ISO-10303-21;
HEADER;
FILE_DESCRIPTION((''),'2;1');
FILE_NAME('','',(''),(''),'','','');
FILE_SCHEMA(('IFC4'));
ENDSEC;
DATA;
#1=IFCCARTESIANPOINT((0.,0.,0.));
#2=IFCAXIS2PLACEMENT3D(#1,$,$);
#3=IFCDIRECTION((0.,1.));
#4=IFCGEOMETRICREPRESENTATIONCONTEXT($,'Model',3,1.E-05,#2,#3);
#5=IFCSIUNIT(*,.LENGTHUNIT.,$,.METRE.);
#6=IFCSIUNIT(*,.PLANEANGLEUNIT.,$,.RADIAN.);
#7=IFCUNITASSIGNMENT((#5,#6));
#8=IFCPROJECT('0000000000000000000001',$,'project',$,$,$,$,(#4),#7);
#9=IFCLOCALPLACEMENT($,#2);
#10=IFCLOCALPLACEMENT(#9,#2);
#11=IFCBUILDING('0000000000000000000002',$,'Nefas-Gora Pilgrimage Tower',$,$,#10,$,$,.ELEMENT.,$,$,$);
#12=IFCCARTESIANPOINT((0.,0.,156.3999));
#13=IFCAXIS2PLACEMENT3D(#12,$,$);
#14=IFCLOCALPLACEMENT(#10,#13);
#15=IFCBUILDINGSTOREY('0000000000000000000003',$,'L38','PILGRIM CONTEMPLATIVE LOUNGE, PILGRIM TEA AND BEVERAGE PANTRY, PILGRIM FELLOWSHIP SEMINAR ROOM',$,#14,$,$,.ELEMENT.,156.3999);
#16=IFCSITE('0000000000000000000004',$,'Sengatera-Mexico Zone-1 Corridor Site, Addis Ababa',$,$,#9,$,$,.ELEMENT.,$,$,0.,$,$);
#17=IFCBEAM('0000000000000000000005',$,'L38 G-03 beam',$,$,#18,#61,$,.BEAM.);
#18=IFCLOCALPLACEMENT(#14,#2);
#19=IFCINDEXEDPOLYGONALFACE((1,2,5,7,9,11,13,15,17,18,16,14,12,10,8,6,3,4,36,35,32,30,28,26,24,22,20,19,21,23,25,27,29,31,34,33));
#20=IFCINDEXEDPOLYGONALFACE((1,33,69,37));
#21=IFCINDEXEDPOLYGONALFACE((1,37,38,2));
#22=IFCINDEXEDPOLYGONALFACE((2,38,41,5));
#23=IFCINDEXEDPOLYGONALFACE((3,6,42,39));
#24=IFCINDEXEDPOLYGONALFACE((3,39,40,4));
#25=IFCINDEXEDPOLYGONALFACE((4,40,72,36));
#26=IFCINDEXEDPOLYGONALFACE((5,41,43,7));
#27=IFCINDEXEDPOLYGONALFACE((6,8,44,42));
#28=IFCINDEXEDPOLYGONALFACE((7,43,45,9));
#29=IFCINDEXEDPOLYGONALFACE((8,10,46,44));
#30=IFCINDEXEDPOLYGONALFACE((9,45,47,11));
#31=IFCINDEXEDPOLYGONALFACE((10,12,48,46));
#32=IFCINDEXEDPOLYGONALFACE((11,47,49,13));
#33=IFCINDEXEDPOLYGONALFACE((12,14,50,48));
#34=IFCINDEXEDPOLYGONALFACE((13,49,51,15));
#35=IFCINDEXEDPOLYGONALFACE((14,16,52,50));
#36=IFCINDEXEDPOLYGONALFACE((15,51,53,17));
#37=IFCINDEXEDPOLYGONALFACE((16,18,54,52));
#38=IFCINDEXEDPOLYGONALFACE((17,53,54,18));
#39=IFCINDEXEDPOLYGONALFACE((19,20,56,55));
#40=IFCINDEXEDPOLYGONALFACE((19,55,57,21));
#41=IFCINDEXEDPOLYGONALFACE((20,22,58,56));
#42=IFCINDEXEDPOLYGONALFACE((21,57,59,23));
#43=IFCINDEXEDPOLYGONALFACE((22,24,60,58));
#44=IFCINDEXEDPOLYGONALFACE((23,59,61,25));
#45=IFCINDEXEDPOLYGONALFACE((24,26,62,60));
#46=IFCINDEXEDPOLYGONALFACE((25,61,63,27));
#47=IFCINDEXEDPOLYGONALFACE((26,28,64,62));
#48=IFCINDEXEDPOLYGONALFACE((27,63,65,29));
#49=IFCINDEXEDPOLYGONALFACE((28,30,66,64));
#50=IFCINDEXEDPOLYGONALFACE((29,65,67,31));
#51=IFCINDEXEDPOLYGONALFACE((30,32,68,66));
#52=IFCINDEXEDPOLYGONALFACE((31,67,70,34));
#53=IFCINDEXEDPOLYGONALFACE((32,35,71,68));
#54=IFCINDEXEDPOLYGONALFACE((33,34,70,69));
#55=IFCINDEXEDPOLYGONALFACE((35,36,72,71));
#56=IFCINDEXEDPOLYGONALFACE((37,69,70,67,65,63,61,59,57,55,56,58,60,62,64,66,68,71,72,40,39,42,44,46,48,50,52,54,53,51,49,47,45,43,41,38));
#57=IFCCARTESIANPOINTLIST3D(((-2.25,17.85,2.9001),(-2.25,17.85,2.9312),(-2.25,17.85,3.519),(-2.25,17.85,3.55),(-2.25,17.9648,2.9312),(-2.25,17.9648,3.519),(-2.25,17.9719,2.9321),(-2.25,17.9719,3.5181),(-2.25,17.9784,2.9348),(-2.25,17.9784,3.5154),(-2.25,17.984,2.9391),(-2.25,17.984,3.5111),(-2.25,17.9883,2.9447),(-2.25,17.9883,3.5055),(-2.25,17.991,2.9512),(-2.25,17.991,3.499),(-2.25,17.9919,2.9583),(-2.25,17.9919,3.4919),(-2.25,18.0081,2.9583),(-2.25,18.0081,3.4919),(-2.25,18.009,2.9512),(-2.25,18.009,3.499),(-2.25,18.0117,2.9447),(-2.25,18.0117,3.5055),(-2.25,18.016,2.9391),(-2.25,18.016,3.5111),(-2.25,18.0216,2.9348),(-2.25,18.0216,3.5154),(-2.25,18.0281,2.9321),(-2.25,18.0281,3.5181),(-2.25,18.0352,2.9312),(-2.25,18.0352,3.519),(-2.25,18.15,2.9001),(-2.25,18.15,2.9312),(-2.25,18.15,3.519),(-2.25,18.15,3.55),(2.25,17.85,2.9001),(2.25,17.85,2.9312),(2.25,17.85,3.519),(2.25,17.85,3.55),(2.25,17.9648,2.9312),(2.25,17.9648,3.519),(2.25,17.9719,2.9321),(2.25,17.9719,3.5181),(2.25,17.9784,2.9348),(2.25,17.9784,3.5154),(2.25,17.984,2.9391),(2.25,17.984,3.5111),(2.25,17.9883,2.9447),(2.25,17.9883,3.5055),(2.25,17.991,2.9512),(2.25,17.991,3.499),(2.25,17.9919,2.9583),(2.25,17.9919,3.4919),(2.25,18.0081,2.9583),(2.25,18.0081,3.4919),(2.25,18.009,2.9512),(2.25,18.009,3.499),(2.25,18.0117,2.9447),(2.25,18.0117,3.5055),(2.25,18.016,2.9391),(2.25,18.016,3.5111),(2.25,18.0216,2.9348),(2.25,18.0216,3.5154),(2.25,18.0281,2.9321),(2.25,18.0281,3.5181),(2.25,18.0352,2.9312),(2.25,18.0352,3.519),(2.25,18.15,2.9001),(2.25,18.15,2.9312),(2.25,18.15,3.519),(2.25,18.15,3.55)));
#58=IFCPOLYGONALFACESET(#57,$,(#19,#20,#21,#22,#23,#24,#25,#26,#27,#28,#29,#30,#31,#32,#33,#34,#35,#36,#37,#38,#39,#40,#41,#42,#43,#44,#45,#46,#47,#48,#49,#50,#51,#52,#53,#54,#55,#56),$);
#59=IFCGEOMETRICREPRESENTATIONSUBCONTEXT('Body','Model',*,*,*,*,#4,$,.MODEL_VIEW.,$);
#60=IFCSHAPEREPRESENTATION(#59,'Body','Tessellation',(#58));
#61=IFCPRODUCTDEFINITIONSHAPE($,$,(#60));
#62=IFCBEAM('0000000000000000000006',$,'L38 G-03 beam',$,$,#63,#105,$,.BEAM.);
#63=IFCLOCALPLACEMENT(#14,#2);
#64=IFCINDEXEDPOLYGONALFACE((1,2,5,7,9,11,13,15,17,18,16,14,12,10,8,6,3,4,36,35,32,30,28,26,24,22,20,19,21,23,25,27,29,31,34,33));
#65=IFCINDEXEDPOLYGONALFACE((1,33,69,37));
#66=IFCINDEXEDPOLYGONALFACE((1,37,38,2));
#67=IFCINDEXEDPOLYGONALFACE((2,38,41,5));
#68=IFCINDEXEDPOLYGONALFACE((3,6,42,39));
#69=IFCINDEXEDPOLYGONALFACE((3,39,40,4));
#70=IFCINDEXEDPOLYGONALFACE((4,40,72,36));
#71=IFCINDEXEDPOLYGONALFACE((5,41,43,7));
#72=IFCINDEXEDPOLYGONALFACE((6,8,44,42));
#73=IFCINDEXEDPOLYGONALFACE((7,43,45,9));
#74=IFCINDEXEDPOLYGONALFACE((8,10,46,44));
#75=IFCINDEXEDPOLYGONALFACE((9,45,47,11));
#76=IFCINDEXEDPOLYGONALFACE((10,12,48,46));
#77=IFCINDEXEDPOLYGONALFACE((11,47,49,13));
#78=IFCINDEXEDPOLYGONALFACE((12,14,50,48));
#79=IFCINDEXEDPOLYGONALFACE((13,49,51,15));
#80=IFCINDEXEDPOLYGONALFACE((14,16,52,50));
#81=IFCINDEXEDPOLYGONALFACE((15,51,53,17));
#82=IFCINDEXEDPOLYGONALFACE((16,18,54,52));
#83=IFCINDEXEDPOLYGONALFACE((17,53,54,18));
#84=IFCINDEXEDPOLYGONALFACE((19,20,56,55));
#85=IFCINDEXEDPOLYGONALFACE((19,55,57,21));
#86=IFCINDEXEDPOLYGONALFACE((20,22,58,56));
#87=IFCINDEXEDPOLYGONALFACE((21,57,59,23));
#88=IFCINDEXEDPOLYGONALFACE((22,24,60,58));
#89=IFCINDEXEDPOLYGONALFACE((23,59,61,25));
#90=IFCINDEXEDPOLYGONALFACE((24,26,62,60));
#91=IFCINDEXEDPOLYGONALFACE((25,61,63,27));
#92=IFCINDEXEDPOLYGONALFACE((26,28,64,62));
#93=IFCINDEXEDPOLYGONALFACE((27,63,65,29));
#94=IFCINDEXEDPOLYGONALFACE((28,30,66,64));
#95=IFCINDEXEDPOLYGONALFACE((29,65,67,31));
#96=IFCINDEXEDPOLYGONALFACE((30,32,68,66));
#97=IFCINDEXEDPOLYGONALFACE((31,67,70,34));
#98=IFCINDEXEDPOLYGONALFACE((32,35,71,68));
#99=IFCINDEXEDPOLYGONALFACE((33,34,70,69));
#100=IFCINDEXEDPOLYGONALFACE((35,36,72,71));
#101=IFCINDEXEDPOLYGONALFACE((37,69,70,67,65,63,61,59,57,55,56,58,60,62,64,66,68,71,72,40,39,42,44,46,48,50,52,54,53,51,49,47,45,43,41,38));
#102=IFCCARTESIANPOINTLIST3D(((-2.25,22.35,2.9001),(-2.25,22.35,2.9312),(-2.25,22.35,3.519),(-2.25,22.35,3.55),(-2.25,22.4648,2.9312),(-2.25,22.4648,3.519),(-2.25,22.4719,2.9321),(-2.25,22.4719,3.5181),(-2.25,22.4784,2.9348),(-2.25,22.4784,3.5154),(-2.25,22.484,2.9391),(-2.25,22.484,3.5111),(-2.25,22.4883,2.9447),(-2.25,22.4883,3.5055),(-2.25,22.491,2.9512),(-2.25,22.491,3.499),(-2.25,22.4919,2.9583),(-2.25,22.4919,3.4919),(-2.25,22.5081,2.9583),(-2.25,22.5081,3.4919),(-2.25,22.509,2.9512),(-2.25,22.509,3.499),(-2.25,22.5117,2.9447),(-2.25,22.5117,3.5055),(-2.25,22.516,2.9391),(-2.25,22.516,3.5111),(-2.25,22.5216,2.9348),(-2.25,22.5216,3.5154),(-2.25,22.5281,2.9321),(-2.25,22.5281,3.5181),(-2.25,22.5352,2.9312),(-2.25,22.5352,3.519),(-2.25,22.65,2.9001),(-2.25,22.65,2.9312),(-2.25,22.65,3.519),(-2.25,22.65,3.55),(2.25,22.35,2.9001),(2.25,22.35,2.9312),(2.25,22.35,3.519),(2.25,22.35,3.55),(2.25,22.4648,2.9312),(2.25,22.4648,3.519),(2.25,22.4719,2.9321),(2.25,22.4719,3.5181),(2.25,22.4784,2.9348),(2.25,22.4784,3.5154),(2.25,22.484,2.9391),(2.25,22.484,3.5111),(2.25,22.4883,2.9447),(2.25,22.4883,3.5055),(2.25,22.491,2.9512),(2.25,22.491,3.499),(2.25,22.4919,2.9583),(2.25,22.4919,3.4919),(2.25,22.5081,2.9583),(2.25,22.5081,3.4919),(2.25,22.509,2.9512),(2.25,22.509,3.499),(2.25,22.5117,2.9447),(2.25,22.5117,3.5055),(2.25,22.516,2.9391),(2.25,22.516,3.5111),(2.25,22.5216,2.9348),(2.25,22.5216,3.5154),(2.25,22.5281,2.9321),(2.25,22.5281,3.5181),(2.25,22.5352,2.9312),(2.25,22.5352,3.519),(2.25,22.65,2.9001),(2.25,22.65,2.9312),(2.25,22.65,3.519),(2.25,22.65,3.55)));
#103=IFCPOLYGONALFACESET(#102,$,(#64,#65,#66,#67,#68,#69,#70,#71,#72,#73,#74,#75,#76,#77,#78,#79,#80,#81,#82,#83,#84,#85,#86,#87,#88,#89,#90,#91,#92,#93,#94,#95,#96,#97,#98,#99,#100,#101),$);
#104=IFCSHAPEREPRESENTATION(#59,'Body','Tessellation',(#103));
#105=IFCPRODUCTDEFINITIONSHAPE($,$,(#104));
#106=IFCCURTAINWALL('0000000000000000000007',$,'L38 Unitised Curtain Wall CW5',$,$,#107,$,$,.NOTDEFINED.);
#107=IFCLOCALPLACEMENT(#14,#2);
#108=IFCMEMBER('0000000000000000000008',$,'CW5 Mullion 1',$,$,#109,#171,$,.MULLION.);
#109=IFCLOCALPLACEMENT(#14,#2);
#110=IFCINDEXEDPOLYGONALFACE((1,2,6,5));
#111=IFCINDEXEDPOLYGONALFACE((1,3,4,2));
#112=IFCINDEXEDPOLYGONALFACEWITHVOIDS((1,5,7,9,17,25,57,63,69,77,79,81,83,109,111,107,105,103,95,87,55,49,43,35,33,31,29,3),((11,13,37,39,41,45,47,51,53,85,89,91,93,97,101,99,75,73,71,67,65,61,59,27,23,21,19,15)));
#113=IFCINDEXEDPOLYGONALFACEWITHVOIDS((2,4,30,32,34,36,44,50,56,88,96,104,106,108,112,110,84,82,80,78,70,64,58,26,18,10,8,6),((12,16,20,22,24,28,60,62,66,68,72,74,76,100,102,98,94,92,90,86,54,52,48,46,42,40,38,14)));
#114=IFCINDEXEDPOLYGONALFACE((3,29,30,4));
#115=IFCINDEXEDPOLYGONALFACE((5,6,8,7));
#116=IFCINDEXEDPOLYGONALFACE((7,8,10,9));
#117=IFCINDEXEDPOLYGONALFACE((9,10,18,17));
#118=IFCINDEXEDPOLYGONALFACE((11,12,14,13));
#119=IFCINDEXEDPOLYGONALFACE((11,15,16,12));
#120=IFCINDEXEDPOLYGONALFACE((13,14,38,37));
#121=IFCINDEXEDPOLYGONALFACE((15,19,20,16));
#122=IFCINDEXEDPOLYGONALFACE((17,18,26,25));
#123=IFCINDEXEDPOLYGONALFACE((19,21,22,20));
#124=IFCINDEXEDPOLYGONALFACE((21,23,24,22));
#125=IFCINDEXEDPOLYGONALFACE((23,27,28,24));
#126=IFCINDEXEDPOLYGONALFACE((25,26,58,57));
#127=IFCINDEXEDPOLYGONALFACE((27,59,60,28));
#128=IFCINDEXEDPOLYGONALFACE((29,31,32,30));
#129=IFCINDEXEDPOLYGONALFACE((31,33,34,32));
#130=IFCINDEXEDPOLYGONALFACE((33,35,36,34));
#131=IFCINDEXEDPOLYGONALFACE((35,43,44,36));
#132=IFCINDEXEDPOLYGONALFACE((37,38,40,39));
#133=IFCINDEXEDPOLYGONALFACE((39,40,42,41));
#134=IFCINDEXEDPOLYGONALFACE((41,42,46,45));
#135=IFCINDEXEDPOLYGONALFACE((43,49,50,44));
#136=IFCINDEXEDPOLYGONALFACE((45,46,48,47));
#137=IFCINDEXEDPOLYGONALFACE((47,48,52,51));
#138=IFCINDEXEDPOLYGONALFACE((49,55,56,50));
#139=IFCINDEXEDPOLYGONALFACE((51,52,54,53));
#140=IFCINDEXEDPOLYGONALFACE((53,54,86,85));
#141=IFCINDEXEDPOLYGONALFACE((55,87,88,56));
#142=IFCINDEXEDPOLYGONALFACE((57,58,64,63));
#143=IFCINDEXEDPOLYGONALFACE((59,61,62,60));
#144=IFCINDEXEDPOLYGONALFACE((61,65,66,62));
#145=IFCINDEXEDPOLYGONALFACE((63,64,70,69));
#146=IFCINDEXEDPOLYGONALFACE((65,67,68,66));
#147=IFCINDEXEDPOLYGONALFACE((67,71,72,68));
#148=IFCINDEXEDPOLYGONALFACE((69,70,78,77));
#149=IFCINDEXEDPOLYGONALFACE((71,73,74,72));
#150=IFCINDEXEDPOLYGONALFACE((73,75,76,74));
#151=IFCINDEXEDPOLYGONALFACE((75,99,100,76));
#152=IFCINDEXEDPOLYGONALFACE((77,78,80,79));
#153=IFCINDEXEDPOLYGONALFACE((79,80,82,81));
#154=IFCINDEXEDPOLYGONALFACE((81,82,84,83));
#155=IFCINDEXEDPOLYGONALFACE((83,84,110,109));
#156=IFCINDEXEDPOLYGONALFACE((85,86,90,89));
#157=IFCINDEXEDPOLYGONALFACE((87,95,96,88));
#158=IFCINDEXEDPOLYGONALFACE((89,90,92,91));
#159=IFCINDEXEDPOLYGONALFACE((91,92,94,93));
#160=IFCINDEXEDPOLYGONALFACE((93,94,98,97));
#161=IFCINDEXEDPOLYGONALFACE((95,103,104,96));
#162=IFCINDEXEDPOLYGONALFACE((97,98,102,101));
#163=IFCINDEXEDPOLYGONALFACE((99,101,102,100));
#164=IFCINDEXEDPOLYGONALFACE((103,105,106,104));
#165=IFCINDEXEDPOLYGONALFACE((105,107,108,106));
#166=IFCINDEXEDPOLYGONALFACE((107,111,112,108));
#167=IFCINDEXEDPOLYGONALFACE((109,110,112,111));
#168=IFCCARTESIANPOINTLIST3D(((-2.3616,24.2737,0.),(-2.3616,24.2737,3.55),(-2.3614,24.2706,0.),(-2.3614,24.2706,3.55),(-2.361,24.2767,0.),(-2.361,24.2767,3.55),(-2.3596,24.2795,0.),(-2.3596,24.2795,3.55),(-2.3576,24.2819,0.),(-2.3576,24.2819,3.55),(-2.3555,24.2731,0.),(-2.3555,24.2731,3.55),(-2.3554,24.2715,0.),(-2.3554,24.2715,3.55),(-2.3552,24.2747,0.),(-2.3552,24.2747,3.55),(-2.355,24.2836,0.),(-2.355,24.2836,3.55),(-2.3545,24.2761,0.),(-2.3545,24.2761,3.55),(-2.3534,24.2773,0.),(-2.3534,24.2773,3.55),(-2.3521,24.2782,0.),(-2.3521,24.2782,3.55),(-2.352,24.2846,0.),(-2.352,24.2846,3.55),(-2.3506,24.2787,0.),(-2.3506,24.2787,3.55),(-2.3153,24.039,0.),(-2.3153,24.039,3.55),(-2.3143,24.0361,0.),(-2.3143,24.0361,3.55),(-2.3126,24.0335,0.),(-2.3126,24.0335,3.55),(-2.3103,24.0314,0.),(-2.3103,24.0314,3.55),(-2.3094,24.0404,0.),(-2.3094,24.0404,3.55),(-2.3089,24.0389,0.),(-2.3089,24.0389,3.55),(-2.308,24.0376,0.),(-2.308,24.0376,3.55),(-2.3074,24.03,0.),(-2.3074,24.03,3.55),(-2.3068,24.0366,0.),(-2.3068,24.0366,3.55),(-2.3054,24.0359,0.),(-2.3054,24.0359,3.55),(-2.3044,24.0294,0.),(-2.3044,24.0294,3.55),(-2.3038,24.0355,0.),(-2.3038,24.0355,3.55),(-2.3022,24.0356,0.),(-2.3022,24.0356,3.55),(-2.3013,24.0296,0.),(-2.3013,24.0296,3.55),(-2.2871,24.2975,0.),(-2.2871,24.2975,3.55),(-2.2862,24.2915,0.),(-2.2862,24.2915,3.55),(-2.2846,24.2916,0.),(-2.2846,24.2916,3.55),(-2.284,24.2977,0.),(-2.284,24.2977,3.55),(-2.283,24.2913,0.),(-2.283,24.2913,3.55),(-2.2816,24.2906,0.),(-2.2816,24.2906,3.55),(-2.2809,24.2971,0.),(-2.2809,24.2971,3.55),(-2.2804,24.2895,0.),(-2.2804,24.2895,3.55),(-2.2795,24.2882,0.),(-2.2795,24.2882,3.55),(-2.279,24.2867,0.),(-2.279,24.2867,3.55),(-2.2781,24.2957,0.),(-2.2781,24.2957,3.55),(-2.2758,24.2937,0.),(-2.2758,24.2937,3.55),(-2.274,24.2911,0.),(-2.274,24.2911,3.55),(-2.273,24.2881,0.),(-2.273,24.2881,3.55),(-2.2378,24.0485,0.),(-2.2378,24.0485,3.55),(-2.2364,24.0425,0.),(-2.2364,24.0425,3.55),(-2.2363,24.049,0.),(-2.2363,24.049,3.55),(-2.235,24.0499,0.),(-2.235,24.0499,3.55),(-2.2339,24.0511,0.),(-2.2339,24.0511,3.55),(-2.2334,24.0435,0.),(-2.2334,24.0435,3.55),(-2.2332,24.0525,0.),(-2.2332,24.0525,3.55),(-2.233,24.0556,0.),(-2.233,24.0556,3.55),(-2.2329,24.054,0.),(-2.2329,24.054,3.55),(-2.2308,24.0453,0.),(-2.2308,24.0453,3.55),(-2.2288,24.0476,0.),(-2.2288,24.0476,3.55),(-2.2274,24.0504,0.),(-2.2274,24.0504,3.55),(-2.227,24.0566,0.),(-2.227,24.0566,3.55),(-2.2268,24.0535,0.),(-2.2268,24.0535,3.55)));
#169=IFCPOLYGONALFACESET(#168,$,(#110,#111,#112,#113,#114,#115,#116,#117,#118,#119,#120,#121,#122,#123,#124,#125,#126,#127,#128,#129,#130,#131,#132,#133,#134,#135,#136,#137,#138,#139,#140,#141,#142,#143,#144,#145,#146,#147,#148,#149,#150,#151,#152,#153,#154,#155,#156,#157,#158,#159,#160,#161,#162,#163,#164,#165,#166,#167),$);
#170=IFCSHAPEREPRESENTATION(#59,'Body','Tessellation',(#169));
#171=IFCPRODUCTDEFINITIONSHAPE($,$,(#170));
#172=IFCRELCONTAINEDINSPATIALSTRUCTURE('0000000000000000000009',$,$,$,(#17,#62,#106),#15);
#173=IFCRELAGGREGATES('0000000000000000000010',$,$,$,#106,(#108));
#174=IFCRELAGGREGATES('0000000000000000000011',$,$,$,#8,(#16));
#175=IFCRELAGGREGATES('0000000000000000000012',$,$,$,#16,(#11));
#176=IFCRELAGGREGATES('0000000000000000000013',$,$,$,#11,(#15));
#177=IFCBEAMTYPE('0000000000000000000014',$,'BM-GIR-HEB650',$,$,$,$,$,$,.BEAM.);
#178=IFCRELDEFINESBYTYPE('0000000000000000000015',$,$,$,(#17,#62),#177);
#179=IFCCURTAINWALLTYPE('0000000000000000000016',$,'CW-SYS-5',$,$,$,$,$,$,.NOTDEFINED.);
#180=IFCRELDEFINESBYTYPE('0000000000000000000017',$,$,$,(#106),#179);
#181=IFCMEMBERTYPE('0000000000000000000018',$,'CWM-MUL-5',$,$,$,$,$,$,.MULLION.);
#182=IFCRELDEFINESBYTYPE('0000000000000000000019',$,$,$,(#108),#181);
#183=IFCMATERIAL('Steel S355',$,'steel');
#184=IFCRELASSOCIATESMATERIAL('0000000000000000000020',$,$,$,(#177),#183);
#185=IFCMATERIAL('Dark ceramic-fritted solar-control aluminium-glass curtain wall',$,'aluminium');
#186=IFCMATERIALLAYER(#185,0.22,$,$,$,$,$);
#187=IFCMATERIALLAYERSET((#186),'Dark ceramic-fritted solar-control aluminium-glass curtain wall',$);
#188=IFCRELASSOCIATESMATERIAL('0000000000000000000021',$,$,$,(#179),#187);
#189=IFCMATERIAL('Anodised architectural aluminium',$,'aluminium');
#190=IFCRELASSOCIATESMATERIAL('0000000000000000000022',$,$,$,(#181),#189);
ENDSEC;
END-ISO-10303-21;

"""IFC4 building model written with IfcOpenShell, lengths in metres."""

from ifc_helpers import new_model, si_unit, direction, frame, origin, origin_2d, place, context, subcontext, project, spatial, hollow_rectangle, i_section, extrude, source, transform, mapped, material, layer, layer_set, material_profile, profile_set, type_object, element, aggregate, save


model = new_model("IFC4")

# Units and contexts
model_context = context("Model", 3, precision=1e-05, world=origin(), true_north=direction((0.0, 1.0)))
body_context = subcontext(model_context, "Body", "Model", "MODEL_VIEW")
ifc_project = project(units=[si_unit("LENGTHUNIT", "METRE"), si_unit("PLANEANGLEUNIT", "RADIAN")], contexts=[model_context])

# Site, building, storey
site_placement = place(None, origin())
site = spatial("IfcSite", under=ifc_project, at=site_placement, Name="Sengatera-Mexico Zone-1 Corridor Site, Addis Ababa", CompositionType="ELEMENT", RefElevation=0.0)
building_placement = place(site_placement, origin())
building = spatial("IfcBuilding", under=site, at=building_placement, Name="Nefas-Gora Pilgrimage Tower", CompositionType="ELEMENT")
storey_placement = place(building_placement, frame((0.0, 0.0, 156.3999)))
storey = spatial("IfcBuildingStorey", under=building, at=storey_placement, Name="L38", Description="PILGRIM CONTEMPLATIVE LOUNGE, PILGRIM TEA AND BEVERAGE PANTRY, PILGRIM FELLOWSHIP SEMINAR ROOM", CompositionType="ELEMENT", Elevation=156.3999)

# Beams
ifc_material_1 = material(Name="Steel S355", Category="steel")
ifc_material_profile_1 = material_profile(ifc_material_1, i_section(OverallWidth=0.3, OverallDepth=0.6499, WebThickness=0.0161, FlangeThickness=0.031, FilletRadius=0.0271, at=origin_2d()), Name="HEB 650")
ifc_profile_set_1 = profile_set([ifc_material_profile_1], Name="Steel S355")
beam_type = type_object("IfcBeamType", Name="BM-GIR-HEB650", PredefinedType="BEAM", material=ifc_profile_set_1)
shared_shape_1 = source(origin(), body_context, "Body", "SweptSolid", [
    extrude(i_section(OverallWidth=0.3, OverallDepth=0.6499, WebThickness=0.0161, FlangeThickness=0.031, FilletRadius=0.0271, at=origin_2d()), origin(), (0.0, 0.0, 1.0), 4.5),
])
for number, where, z_axis, x_axis, name in (
    (1, (-2.25, 18.0, 3.2251), (1.0, 0.0, 0.0), (0.0, 1.0, 0.0), "L38 G-03 beam"),
    (2, (-2.25, 22.5, 3.2251), (1.0, 0.0, 0.0), (0.0, 1.0, 0.0), "L38 G-03 beam"),
):
    element("IfcBeam", number, at=place(storey_placement, frame(where, z_axis=z_axis, x_axis=x_axis)), inside=storey, type_object=beam_type, Name=name, PredefinedType="BEAM", context=body_context, shape_type="MappedRepresentation", body=[
        mapped(shared_shape_1, transform((0.0, 0.0, 0.0), x_axis=(1.0, 0.0, 0.0), y_axis=(0.0, 1.0, 0.0), z_axis=(0.0, 0.0, 1.0), scale=1.0)),
    ])

# Curtain wall, member
ifc_material_2 = material(Name="Dark ceramic-fritted solar-control aluminium-glass curtain wall", Category="aluminium")
ifc_layer_1 = layer(ifc_material_2, 0.22)
ifc_layer_set_1 = layer_set([ifc_layer_1], Name="Dark ceramic-fritted solar-control aluminium-glass curtain wall")
curtain_wall_type = type_object("IfcCurtainWallType", Name="CW-SYS-5", PredefinedType="NOTDEFINED", material=ifc_layer_set_1)
curtain_wall_1_placement = place(storey_placement, origin())
curtain_wall_1 = element("IfcCurtainWall", 3, at=curtain_wall_1_placement, inside=storey, type_object=curtain_wall_type, Name="L38 Unitised Curtain Wall CW5", PredefinedType="NOTDEFINED")
ifc_material_3 = material(Name="Anodised architectural aluminium", Category="aluminium")
ifc_material_profile_2 = material_profile(ifc_material_3, hollow_rectangle(XDim=0.0901, YDim=0.26, WallThickness=0.0061, InnerFilletRadius=0.0061, OuterFilletRadius=0.012, at=origin_2d()), Name="ALU MULLION 90x260")
ifc_profile_set_2 = profile_set([ifc_material_profile_2], Name="Anodised architectural aluminium")
member_type_1 = type_object("IfcMemberType", Name="CWM-MUL-5", PredefinedType="MULLION", material=ifc_profile_set_2)
shared_shape_2 = source(origin(), body_context, "Body", "SweptSolid", [
    extrude(hollow_rectangle(XDim=0.0901, YDim=0.26, WallThickness=0.0061, InnerFilletRadius=0.0061, OuterFilletRadius=0.012, at=origin_2d()), origin(), (0.0, 0.0, 1.0), 3.55),
])
member_1_placement = place(storey_placement, frame((-2.2942, 24.1636, 0.0), z_axis=(0.0, 0.0, 1.0), x_axis=(-0.980783, -0.195102, 0.0)))
member_1 = element("IfcMember", 4, at=member_1_placement, type_object=member_type_1, Name="CW5 Mullion 1", PredefinedType="MULLION", context=body_context, shape_type="MappedRepresentation", body=[
    mapped(shared_shape_2, transform((0.0, 0.0, 0.0), x_axis=(1.0, 0.0, 0.0), y_axis=(0.0, 1.0, 0.0), z_axis=(0.0, 0.0, 1.0), scale=1.0)),
])

aggregate(curtain_wall_1, [member_1])

save(model, "model.ifc")
